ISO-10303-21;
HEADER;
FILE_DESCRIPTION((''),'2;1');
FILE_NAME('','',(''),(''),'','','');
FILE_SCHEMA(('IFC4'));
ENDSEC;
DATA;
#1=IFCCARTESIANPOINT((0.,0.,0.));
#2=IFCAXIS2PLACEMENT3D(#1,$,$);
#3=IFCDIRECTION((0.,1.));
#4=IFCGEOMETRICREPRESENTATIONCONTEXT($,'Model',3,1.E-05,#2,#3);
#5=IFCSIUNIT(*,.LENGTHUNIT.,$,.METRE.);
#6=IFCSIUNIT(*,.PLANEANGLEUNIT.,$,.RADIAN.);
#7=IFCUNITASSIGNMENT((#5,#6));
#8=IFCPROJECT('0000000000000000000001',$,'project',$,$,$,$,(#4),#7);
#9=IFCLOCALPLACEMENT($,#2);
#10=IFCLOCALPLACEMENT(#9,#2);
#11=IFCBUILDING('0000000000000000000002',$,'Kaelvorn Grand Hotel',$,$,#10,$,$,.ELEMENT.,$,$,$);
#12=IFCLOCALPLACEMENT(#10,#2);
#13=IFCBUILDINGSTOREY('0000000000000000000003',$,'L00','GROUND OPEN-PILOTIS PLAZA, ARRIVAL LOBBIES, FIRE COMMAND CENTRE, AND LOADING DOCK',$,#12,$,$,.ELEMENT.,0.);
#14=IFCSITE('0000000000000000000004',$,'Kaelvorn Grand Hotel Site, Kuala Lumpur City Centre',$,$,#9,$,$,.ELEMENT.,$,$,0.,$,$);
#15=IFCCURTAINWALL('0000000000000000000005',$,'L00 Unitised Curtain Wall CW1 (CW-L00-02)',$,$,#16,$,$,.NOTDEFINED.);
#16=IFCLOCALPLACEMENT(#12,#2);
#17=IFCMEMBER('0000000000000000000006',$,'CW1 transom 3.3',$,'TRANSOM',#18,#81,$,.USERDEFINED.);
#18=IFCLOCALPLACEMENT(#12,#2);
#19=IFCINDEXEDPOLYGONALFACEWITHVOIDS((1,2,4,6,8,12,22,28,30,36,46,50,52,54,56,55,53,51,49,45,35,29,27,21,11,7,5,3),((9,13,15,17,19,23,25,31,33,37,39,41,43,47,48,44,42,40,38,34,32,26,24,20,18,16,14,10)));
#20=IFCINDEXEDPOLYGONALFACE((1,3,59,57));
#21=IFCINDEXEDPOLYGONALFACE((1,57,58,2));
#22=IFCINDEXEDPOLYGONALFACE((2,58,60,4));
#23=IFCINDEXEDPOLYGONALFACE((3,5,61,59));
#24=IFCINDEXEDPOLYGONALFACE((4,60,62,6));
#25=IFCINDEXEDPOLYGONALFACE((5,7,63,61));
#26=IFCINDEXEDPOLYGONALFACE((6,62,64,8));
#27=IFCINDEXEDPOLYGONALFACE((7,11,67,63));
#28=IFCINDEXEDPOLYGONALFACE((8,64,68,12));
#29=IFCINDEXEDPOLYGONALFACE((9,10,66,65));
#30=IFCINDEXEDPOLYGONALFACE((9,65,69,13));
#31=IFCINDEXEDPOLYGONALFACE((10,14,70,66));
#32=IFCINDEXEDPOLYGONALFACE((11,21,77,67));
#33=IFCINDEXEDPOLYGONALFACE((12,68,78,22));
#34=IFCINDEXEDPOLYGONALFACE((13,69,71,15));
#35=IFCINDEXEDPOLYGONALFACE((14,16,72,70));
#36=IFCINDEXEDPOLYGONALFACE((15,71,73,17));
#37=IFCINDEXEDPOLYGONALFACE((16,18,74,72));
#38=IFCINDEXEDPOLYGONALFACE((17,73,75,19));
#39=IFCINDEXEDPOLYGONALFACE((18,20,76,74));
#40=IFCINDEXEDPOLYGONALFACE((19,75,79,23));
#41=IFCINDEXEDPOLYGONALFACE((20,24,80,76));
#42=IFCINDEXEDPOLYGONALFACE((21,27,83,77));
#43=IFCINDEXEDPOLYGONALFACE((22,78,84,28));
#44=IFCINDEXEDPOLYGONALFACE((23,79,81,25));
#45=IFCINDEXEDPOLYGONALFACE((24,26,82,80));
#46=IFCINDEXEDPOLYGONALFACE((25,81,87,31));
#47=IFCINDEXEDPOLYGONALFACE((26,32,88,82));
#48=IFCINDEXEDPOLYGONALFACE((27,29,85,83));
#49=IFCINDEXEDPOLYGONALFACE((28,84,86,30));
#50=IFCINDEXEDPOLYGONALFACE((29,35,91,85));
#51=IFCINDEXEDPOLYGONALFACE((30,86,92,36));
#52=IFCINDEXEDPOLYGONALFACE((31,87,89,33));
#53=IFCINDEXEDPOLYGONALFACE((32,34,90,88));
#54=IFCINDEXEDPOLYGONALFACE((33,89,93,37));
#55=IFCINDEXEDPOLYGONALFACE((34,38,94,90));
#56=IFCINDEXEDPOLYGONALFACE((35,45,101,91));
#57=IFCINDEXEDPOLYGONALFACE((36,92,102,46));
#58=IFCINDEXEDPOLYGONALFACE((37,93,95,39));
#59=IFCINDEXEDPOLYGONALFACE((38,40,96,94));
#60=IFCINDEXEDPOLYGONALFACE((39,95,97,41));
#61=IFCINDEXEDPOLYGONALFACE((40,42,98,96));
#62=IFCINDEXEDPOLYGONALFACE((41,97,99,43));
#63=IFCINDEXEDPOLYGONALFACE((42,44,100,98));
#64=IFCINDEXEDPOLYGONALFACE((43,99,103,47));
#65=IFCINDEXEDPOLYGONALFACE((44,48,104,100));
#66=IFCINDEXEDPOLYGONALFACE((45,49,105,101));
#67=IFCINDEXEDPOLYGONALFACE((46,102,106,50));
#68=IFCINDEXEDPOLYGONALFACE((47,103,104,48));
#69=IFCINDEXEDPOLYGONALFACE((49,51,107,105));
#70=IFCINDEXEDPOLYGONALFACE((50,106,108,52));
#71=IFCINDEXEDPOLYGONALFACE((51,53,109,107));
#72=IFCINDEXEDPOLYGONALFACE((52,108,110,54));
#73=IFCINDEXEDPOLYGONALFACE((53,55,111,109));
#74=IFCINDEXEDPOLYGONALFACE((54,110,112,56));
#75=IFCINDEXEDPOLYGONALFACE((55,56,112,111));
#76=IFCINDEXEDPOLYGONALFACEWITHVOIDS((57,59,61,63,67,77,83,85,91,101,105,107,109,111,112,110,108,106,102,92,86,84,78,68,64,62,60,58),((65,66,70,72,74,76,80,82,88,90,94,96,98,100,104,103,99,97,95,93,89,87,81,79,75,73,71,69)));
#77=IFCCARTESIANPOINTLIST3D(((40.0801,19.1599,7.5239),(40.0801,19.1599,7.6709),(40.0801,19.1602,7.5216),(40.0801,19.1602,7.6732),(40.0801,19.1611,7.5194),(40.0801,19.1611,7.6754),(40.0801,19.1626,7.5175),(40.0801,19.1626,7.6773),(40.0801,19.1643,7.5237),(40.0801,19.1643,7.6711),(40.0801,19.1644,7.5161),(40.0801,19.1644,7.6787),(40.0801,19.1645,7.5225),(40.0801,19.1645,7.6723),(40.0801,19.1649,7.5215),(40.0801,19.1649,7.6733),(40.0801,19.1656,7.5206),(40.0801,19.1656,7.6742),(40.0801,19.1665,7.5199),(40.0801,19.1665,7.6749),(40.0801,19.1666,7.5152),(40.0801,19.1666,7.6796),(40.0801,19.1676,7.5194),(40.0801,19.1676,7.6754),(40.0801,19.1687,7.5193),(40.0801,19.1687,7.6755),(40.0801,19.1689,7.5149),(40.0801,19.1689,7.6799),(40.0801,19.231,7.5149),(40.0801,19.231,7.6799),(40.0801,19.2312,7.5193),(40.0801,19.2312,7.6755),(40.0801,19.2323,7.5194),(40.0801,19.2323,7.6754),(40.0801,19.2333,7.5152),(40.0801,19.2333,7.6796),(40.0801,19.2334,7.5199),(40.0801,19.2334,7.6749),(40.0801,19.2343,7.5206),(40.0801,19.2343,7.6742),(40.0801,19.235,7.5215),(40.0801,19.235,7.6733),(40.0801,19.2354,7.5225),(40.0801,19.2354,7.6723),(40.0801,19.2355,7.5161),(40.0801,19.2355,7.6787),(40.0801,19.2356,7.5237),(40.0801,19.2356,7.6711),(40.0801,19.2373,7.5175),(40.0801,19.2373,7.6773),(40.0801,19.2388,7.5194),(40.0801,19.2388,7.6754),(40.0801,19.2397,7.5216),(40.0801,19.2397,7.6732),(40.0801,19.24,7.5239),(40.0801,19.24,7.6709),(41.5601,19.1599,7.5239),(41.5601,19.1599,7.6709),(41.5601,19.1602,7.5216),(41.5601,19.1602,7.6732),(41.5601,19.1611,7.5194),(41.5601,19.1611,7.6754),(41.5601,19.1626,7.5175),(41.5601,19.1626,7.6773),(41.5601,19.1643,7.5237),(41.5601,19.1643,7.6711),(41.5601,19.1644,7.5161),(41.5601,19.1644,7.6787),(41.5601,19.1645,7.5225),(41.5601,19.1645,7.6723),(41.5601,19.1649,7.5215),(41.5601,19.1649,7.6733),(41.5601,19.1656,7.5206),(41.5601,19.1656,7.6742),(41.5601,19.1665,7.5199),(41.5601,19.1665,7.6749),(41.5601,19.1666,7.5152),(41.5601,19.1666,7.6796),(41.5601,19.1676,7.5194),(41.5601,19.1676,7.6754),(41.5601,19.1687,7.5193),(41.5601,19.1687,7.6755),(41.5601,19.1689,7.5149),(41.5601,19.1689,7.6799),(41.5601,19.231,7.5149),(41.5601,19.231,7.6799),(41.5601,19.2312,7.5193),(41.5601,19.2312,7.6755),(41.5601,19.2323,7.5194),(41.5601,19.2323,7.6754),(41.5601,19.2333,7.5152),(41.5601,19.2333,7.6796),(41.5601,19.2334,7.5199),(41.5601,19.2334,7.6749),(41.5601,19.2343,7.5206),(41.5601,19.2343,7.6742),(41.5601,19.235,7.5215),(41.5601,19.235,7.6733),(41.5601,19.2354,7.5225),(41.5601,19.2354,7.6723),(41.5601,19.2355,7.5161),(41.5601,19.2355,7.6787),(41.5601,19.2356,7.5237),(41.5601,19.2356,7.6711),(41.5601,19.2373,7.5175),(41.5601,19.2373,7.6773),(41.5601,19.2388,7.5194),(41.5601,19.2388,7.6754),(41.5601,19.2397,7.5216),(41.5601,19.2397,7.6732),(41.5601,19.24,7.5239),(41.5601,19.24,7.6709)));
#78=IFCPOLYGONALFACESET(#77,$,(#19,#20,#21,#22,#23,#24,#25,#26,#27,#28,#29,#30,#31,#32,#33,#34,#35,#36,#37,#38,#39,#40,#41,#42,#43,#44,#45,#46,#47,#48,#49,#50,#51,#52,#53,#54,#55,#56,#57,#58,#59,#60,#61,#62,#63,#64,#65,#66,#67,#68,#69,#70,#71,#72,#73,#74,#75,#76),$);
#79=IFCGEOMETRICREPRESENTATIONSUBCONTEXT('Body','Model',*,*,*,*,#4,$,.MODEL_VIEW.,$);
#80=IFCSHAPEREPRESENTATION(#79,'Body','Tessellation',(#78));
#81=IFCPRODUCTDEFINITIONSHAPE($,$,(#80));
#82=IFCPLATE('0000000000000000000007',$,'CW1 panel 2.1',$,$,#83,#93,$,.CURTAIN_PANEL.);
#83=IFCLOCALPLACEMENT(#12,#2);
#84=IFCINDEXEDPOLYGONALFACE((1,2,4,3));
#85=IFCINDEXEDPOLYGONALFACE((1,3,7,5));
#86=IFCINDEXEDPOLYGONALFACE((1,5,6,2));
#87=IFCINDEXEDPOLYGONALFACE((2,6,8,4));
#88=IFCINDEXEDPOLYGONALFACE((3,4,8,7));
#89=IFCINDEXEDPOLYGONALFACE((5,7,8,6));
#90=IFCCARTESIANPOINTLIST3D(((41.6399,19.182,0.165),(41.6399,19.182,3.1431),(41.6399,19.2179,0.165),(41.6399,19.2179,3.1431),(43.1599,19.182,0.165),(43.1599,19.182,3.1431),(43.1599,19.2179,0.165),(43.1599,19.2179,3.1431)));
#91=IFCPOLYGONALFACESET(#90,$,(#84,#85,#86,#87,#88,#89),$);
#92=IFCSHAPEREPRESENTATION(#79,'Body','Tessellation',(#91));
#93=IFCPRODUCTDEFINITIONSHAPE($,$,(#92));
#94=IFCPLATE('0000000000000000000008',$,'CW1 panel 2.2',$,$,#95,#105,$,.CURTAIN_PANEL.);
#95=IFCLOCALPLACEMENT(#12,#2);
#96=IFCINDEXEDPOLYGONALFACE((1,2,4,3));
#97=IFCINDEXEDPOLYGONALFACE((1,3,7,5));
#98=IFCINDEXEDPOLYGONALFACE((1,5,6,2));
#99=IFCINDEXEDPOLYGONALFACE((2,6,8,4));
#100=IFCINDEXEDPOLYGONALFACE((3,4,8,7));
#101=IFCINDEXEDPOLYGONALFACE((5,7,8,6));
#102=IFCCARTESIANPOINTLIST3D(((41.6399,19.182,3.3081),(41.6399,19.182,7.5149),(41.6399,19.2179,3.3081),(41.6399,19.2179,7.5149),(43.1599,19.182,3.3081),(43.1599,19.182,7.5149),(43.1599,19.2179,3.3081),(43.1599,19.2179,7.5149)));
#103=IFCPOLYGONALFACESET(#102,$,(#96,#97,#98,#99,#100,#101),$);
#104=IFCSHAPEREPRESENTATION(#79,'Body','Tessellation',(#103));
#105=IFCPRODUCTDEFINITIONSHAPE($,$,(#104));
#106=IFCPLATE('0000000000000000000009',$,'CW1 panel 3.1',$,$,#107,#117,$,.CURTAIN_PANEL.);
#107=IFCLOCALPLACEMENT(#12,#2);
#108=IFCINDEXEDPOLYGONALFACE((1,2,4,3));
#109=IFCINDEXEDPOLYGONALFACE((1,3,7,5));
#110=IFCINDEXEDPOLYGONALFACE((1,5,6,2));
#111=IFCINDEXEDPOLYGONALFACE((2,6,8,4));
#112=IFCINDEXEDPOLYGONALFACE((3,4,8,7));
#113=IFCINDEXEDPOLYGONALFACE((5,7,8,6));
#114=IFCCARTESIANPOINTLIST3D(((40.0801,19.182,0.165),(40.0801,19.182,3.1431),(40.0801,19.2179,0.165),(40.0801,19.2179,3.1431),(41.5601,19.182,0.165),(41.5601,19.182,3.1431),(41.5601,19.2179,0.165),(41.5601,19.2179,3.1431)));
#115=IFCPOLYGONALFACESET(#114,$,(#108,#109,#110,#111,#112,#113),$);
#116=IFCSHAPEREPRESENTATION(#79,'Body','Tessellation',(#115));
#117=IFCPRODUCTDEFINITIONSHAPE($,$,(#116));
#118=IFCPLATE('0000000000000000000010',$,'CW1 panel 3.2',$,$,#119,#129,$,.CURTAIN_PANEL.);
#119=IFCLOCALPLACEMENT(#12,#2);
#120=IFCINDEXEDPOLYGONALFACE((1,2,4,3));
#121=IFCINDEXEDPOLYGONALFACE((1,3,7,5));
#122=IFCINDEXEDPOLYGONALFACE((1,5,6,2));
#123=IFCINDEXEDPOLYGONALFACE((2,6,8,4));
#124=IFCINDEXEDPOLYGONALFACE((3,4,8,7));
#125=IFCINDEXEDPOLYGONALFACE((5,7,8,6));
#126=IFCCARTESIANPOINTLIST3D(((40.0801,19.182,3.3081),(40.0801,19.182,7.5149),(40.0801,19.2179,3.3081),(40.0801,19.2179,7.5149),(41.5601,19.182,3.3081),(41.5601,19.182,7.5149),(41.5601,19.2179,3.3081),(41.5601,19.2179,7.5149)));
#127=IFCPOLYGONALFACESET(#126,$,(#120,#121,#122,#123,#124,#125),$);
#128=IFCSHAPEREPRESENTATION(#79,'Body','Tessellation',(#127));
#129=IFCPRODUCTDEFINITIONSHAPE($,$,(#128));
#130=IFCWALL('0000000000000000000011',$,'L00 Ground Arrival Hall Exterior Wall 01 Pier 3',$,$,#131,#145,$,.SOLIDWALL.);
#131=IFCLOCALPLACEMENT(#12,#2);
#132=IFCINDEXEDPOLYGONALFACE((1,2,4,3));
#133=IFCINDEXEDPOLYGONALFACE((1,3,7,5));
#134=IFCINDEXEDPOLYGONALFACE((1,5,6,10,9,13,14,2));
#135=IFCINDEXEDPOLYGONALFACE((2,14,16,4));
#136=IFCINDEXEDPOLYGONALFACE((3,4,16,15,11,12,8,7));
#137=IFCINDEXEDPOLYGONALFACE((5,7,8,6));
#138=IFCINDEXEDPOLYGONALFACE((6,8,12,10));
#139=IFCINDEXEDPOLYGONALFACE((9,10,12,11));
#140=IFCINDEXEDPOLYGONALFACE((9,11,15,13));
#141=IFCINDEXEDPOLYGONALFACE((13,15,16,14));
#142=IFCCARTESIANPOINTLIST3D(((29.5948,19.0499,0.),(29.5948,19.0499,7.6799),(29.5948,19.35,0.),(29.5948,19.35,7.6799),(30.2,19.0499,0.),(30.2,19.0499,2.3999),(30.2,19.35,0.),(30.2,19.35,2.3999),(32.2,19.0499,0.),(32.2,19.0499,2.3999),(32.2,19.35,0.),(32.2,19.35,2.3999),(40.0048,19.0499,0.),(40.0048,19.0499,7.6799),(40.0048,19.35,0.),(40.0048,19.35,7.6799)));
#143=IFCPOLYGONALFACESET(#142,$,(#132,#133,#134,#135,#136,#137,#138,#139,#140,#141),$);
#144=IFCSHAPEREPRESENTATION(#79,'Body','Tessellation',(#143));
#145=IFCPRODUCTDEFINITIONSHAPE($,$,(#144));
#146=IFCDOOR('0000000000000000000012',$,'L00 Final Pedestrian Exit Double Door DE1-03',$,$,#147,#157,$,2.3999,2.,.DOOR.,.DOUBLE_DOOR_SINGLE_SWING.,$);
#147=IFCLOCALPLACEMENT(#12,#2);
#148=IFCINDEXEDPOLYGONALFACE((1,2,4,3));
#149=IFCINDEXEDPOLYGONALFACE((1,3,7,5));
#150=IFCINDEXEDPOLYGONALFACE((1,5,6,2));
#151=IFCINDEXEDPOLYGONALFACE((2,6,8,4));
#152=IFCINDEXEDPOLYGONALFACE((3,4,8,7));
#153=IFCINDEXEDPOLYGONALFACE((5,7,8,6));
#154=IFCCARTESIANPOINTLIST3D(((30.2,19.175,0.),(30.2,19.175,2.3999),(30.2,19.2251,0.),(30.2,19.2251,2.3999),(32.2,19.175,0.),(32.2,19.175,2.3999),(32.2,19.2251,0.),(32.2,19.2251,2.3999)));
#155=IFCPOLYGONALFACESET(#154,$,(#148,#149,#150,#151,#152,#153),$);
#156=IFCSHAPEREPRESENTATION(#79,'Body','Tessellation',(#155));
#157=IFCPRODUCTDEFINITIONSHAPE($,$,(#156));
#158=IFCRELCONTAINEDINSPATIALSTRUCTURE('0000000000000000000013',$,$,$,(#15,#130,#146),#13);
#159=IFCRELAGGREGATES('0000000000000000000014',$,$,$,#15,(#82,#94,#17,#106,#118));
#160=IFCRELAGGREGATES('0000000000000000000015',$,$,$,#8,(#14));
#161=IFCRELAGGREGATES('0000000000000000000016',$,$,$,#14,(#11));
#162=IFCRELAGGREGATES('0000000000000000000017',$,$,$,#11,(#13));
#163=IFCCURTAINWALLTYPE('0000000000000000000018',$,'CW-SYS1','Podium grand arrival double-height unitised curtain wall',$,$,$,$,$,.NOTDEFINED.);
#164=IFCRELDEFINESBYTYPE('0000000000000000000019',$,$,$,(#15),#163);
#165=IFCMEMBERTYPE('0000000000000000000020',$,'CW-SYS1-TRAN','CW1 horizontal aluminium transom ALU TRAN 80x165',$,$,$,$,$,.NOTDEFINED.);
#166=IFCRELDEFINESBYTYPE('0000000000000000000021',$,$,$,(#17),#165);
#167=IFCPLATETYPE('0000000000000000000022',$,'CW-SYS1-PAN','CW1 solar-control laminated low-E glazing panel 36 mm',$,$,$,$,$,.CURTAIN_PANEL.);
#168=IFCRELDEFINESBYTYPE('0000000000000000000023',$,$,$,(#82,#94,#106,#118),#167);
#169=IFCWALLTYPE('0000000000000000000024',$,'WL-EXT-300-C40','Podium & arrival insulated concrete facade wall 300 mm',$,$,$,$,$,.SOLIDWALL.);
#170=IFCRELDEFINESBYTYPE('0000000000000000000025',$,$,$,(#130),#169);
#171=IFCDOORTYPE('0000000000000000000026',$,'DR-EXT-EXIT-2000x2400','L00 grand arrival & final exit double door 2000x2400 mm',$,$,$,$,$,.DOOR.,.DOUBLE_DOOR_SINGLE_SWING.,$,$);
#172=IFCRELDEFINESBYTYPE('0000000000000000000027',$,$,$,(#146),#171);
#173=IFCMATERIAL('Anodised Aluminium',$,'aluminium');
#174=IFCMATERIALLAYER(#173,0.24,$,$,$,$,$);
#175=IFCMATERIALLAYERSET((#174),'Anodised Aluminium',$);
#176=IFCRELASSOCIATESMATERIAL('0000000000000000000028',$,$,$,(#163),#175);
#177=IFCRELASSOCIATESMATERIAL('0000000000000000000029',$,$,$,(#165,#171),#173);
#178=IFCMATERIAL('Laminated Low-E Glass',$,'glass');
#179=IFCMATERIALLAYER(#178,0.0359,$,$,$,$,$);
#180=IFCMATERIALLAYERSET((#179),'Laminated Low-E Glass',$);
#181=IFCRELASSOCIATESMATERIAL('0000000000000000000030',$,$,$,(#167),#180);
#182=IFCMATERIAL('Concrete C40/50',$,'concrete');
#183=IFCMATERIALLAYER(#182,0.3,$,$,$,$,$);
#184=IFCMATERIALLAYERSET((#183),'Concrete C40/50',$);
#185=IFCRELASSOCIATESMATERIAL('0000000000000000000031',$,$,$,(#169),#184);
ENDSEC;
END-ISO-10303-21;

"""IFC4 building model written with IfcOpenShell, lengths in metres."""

from ifc_helpers import new_model, si_unit, direction, frame, frame_2d, origin, origin_2d, place, context, subcontext, project, spatial, rectangle, hollow_rectangle, extrude, material, layer, layer_set, material_profile, profile_set, type_object, element, fill, aggregate, save


model = new_model("IFC4")

# Units and contexts
model_context = context("Model", 3, precision=1e-05, world=origin(), true_north=direction((0.0, 1.0)))
body_context = subcontext(model_context, "Body", "Model", "MODEL_VIEW")
ifc_project = project(units=[si_unit("LENGTHUNIT", "METRE"), si_unit("PLANEANGLEUNIT", "RADIAN")], contexts=[model_context])

# Site, building, storey
site_placement = place(None, origin())
site = spatial("IfcSite", under=ifc_project, at=site_placement, Name="Kaelvorn Grand Hotel Site, Kuala Lumpur City Centre", CompositionType="ELEMENT", RefElevation=0.0)
building_placement = place(site_placement, origin())
building = spatial("IfcBuilding", under=site, at=building_placement, Name="Kaelvorn Grand Hotel", CompositionType="ELEMENT")
storey_placement = place(building_placement, origin())
storey = spatial("IfcBuildingStorey", under=building, at=storey_placement, Name="L00", Description="GROUND OPEN-PILOTIS PLAZA, ARRIVAL LOBBIES, FIRE COMMAND CENTRE, AND LOADING DOCK", CompositionType="ELEMENT", Elevation=0.0)

# Curtain wall, member, plates
ifc_material_1 = material(Name="Anodised Aluminium", Category="aluminium")
ifc_layer_1 = layer(ifc_material_1, 0.24)
ifc_layer_set_1 = layer_set([ifc_layer_1], Name="Anodised Aluminium")
curtain_wall_type = type_object("IfcCurtainWallType", Name="CW-SYS1", Description="Podium grand arrival double-height unitised curtain wall", PredefinedType="NOTDEFINED", material=ifc_layer_set_1)
curtain_wall_placement = place(storey_placement, origin())
curtain_wall = element("IfcCurtainWall", 1, at=curtain_wall_placement, inside=storey, type_object=curtain_wall_type, Name="L00 Unitised Curtain Wall CW1 (CW-L00-02)", PredefinedType="NOTDEFINED")
ifc_material_profile_1 = material_profile(ifc_material_1, hollow_rectangle(XDim=0.0801, YDim=0.165, WallThickness=0.0044, InnerFilletRadius=0.0044, OuterFilletRadius=0.009, at=origin_2d()), Name="ALU TRAN 80x165")
ifc_profile_set_1 = profile_set([ifc_material_profile_1], Name="Anodised Aluminium")
member_type_1 = type_object("IfcMemberType", Name="CW-SYS1-TRAN", Description="CW1 horizontal aluminium transom ALU TRAN 80x165", PredefinedType="NOTDEFINED", material=ifc_profile_set_1)
member_1_placement = place(storey_placement, frame((41.5601, 19.2, 7.5974), z_axis=(-1.0, 0.0, 0.0), x_axis=(0.0, -1.0, 0.0)))
member_1 = element("IfcMember", 2, at=member_1_placement, type_object=member_type_1, Name="CW1 transom 3.3", ObjectType="TRANSOM", PredefinedType="USERDEFINED", context=body_context, shape_type="SweptSolid", body=[
    extrude(hollow_rectangle(XDim=0.0801, YDim=0.165, WallThickness=0.0044, InnerFilletRadius=0.0044, OuterFilletRadius=0.009, at=origin_2d()), origin(), (0.0, 0.0, 1.0), 1.48),
])
ifc_material_2 = material(Name="Laminated Low-E Glass", Category="glass")
ifc_layer_2 = layer(ifc_material_2, 0.0359)
ifc_layer_set_2 = layer_set([ifc_layer_2], Name="Laminated Low-E Glass")
plate_type = type_object("IfcPlateType", Name="CW-SYS1-PAN", Description="CW1 solar-control laminated low-E glazing panel 36 mm", PredefinedType="CURTAIN_PANEL", material=ifc_layer_set_2)
plate_1_placement = place(storey_placement, frame((42.3999, 19.2, 0.165), z_axis=(0.0, 0.0, 1.0), x_axis=(-1.0, 0.0, 0.0)))
plate_1 = element("IfcPlate", 3, at=plate_1_placement, type_object=plate_type, Name="CW1 panel 2.1", PredefinedType="CURTAIN_PANEL", context=body_context, shape_type="SweptSolid", body=[
    extrude(rectangle(XDim=1.52, YDim=0.0359, at=origin_2d()), origin(), (0.0, 0.0, 1.0), 2.978),
])
plate_2_placement = place(storey_placement, frame((42.3999, 19.2, 3.3081), z_axis=(0.0, 0.0, 1.0), x_axis=(-1.0, 0.0, 0.0)))
plate_2 = element("IfcPlate", 4, at=plate_2_placement, type_object=plate_type, Name="CW1 panel 2.2", PredefinedType="CURTAIN_PANEL", context=body_context, shape_type="SweptSolid", body=[
    extrude(rectangle(XDim=1.52, YDim=0.0359, at=origin_2d()), origin(), (0.0, 0.0, 1.0), 4.2068),
])
plate_3_placement = place(storey_placement, frame((40.8201, 19.2, 0.165), z_axis=(0.0, 0.0, 1.0), x_axis=(-1.0, 0.0, 0.0)))
plate_3 = element("IfcPlate", 5, at=plate_3_placement, type_object=plate_type, Name="CW1 panel 3.1", PredefinedType="CURTAIN_PANEL", context=body_context, shape_type="SweptSolid", body=[
    extrude(rectangle(XDim=1.48, YDim=0.0359, at=origin_2d()), origin(), (0.0, 0.0, 1.0), 2.978),
])
plate_4_placement = place(storey_placement, frame((40.8201, 19.2, 3.3081), z_axis=(0.0, 0.0, 1.0), x_axis=(-1.0, 0.0, 0.0)))
plate_4 = element("IfcPlate", 6, at=plate_4_placement, type_object=plate_type, Name="CW1 panel 3.2", PredefinedType="CURTAIN_PANEL", context=body_context, shape_type="SweptSolid", body=[
    extrude(rectangle(XDim=1.48, YDim=0.0359, at=origin_2d()), origin(), (0.0, 0.0, 1.0), 4.2068),
])
aggregate(curtain_wall, [plate_1, plate_2, member_1, plate_3, plate_4])

# Wall, opening, door
ifc_material_3 = material(Name="Concrete C40/50", Category="concrete")
ifc_layer_3 = layer(ifc_material_3, 0.3)
ifc_layer_set_3 = layer_set([ifc_layer_3], Name="Concrete C40/50")
wall_type = type_object("IfcWallType", Name="WL-EXT-300-C40", Description="Podium & arrival insulated concrete facade wall 300 mm", PredefinedType="SOLIDWALL", material=ifc_layer_set_3)
wall_placement = place(storey_placement, frame((40.0049, 19.2, 0.0), z_axis=(0.0, 0.0, 1.0), x_axis=(-1.0, 0.0, 0.0)))
wall = element("IfcWall", 7, at=wall_placement, inside=storey, type_object=wall_type, Name="L00 Ground Arrival Hall Exterior Wall 01 Pier 3", PredefinedType="SOLIDWALL", context=body_context, shape_type="SweptSolid", body=[
    extrude(rectangle(XDim=10.4099, YDim=0.3, at=frame_2d((5.2051, 0.0))), origin(), (0.0, 0.0, 1.0), 7.6799),
])
opening_placement = place(wall_placement, frame((7.8049, 0.0, 0.0)))
opening = element("IfcOpeningElement", 8, at=opening_placement, cuts=wall, PredefinedType="OPENING", context=body_context, shape_type="SweptSolid", body=[
    extrude(rectangle(XDim=2.0, YDim=2.3999, at=frame_2d((1.0, 1.2))), frame((0.0, 0.1602, 0.0), z_axis=(0.0, -1.0, 0.0), x_axis=(1.0, 0.0, 0.0)), (0.0, 0.0, 1.0), 0.3201),
])
door_type = type_object("IfcDoorType", Name="DR-EXT-EXIT-2000x2400", Description="L00 grand arrival & final exit double door 2000x2400 mm", OperationType="DOUBLE_DOOR_SINGLE_SWING", PredefinedType="DOOR", material=ifc_material_1)
door_placement = place(opening_placement, origin())
door = element("IfcDoor", 9, at=door_placement, inside=storey, type_object=door_type, Name="L00 Final Pedestrian Exit Double Door DE1-03", OperationType="DOUBLE_DOOR_SINGLE_SWING", OverallHeight=2.3999, OverallWidth=2.0, PredefinedType="DOOR", context=body_context, shape_type="SweptSolid", body=[
    extrude(rectangle(XDim=2.0, YDim=2.3999, at=frame_2d((1.0, 1.2))), frame((0.0, 0.0249, 0.0), z_axis=(0.0, -1.0, 0.0), x_axis=(1.0, 0.0, 0.0)), (0.0, 0.0, 1.0), 0.05),
])
fill(opening, door)

save(model, "model.ifc")
